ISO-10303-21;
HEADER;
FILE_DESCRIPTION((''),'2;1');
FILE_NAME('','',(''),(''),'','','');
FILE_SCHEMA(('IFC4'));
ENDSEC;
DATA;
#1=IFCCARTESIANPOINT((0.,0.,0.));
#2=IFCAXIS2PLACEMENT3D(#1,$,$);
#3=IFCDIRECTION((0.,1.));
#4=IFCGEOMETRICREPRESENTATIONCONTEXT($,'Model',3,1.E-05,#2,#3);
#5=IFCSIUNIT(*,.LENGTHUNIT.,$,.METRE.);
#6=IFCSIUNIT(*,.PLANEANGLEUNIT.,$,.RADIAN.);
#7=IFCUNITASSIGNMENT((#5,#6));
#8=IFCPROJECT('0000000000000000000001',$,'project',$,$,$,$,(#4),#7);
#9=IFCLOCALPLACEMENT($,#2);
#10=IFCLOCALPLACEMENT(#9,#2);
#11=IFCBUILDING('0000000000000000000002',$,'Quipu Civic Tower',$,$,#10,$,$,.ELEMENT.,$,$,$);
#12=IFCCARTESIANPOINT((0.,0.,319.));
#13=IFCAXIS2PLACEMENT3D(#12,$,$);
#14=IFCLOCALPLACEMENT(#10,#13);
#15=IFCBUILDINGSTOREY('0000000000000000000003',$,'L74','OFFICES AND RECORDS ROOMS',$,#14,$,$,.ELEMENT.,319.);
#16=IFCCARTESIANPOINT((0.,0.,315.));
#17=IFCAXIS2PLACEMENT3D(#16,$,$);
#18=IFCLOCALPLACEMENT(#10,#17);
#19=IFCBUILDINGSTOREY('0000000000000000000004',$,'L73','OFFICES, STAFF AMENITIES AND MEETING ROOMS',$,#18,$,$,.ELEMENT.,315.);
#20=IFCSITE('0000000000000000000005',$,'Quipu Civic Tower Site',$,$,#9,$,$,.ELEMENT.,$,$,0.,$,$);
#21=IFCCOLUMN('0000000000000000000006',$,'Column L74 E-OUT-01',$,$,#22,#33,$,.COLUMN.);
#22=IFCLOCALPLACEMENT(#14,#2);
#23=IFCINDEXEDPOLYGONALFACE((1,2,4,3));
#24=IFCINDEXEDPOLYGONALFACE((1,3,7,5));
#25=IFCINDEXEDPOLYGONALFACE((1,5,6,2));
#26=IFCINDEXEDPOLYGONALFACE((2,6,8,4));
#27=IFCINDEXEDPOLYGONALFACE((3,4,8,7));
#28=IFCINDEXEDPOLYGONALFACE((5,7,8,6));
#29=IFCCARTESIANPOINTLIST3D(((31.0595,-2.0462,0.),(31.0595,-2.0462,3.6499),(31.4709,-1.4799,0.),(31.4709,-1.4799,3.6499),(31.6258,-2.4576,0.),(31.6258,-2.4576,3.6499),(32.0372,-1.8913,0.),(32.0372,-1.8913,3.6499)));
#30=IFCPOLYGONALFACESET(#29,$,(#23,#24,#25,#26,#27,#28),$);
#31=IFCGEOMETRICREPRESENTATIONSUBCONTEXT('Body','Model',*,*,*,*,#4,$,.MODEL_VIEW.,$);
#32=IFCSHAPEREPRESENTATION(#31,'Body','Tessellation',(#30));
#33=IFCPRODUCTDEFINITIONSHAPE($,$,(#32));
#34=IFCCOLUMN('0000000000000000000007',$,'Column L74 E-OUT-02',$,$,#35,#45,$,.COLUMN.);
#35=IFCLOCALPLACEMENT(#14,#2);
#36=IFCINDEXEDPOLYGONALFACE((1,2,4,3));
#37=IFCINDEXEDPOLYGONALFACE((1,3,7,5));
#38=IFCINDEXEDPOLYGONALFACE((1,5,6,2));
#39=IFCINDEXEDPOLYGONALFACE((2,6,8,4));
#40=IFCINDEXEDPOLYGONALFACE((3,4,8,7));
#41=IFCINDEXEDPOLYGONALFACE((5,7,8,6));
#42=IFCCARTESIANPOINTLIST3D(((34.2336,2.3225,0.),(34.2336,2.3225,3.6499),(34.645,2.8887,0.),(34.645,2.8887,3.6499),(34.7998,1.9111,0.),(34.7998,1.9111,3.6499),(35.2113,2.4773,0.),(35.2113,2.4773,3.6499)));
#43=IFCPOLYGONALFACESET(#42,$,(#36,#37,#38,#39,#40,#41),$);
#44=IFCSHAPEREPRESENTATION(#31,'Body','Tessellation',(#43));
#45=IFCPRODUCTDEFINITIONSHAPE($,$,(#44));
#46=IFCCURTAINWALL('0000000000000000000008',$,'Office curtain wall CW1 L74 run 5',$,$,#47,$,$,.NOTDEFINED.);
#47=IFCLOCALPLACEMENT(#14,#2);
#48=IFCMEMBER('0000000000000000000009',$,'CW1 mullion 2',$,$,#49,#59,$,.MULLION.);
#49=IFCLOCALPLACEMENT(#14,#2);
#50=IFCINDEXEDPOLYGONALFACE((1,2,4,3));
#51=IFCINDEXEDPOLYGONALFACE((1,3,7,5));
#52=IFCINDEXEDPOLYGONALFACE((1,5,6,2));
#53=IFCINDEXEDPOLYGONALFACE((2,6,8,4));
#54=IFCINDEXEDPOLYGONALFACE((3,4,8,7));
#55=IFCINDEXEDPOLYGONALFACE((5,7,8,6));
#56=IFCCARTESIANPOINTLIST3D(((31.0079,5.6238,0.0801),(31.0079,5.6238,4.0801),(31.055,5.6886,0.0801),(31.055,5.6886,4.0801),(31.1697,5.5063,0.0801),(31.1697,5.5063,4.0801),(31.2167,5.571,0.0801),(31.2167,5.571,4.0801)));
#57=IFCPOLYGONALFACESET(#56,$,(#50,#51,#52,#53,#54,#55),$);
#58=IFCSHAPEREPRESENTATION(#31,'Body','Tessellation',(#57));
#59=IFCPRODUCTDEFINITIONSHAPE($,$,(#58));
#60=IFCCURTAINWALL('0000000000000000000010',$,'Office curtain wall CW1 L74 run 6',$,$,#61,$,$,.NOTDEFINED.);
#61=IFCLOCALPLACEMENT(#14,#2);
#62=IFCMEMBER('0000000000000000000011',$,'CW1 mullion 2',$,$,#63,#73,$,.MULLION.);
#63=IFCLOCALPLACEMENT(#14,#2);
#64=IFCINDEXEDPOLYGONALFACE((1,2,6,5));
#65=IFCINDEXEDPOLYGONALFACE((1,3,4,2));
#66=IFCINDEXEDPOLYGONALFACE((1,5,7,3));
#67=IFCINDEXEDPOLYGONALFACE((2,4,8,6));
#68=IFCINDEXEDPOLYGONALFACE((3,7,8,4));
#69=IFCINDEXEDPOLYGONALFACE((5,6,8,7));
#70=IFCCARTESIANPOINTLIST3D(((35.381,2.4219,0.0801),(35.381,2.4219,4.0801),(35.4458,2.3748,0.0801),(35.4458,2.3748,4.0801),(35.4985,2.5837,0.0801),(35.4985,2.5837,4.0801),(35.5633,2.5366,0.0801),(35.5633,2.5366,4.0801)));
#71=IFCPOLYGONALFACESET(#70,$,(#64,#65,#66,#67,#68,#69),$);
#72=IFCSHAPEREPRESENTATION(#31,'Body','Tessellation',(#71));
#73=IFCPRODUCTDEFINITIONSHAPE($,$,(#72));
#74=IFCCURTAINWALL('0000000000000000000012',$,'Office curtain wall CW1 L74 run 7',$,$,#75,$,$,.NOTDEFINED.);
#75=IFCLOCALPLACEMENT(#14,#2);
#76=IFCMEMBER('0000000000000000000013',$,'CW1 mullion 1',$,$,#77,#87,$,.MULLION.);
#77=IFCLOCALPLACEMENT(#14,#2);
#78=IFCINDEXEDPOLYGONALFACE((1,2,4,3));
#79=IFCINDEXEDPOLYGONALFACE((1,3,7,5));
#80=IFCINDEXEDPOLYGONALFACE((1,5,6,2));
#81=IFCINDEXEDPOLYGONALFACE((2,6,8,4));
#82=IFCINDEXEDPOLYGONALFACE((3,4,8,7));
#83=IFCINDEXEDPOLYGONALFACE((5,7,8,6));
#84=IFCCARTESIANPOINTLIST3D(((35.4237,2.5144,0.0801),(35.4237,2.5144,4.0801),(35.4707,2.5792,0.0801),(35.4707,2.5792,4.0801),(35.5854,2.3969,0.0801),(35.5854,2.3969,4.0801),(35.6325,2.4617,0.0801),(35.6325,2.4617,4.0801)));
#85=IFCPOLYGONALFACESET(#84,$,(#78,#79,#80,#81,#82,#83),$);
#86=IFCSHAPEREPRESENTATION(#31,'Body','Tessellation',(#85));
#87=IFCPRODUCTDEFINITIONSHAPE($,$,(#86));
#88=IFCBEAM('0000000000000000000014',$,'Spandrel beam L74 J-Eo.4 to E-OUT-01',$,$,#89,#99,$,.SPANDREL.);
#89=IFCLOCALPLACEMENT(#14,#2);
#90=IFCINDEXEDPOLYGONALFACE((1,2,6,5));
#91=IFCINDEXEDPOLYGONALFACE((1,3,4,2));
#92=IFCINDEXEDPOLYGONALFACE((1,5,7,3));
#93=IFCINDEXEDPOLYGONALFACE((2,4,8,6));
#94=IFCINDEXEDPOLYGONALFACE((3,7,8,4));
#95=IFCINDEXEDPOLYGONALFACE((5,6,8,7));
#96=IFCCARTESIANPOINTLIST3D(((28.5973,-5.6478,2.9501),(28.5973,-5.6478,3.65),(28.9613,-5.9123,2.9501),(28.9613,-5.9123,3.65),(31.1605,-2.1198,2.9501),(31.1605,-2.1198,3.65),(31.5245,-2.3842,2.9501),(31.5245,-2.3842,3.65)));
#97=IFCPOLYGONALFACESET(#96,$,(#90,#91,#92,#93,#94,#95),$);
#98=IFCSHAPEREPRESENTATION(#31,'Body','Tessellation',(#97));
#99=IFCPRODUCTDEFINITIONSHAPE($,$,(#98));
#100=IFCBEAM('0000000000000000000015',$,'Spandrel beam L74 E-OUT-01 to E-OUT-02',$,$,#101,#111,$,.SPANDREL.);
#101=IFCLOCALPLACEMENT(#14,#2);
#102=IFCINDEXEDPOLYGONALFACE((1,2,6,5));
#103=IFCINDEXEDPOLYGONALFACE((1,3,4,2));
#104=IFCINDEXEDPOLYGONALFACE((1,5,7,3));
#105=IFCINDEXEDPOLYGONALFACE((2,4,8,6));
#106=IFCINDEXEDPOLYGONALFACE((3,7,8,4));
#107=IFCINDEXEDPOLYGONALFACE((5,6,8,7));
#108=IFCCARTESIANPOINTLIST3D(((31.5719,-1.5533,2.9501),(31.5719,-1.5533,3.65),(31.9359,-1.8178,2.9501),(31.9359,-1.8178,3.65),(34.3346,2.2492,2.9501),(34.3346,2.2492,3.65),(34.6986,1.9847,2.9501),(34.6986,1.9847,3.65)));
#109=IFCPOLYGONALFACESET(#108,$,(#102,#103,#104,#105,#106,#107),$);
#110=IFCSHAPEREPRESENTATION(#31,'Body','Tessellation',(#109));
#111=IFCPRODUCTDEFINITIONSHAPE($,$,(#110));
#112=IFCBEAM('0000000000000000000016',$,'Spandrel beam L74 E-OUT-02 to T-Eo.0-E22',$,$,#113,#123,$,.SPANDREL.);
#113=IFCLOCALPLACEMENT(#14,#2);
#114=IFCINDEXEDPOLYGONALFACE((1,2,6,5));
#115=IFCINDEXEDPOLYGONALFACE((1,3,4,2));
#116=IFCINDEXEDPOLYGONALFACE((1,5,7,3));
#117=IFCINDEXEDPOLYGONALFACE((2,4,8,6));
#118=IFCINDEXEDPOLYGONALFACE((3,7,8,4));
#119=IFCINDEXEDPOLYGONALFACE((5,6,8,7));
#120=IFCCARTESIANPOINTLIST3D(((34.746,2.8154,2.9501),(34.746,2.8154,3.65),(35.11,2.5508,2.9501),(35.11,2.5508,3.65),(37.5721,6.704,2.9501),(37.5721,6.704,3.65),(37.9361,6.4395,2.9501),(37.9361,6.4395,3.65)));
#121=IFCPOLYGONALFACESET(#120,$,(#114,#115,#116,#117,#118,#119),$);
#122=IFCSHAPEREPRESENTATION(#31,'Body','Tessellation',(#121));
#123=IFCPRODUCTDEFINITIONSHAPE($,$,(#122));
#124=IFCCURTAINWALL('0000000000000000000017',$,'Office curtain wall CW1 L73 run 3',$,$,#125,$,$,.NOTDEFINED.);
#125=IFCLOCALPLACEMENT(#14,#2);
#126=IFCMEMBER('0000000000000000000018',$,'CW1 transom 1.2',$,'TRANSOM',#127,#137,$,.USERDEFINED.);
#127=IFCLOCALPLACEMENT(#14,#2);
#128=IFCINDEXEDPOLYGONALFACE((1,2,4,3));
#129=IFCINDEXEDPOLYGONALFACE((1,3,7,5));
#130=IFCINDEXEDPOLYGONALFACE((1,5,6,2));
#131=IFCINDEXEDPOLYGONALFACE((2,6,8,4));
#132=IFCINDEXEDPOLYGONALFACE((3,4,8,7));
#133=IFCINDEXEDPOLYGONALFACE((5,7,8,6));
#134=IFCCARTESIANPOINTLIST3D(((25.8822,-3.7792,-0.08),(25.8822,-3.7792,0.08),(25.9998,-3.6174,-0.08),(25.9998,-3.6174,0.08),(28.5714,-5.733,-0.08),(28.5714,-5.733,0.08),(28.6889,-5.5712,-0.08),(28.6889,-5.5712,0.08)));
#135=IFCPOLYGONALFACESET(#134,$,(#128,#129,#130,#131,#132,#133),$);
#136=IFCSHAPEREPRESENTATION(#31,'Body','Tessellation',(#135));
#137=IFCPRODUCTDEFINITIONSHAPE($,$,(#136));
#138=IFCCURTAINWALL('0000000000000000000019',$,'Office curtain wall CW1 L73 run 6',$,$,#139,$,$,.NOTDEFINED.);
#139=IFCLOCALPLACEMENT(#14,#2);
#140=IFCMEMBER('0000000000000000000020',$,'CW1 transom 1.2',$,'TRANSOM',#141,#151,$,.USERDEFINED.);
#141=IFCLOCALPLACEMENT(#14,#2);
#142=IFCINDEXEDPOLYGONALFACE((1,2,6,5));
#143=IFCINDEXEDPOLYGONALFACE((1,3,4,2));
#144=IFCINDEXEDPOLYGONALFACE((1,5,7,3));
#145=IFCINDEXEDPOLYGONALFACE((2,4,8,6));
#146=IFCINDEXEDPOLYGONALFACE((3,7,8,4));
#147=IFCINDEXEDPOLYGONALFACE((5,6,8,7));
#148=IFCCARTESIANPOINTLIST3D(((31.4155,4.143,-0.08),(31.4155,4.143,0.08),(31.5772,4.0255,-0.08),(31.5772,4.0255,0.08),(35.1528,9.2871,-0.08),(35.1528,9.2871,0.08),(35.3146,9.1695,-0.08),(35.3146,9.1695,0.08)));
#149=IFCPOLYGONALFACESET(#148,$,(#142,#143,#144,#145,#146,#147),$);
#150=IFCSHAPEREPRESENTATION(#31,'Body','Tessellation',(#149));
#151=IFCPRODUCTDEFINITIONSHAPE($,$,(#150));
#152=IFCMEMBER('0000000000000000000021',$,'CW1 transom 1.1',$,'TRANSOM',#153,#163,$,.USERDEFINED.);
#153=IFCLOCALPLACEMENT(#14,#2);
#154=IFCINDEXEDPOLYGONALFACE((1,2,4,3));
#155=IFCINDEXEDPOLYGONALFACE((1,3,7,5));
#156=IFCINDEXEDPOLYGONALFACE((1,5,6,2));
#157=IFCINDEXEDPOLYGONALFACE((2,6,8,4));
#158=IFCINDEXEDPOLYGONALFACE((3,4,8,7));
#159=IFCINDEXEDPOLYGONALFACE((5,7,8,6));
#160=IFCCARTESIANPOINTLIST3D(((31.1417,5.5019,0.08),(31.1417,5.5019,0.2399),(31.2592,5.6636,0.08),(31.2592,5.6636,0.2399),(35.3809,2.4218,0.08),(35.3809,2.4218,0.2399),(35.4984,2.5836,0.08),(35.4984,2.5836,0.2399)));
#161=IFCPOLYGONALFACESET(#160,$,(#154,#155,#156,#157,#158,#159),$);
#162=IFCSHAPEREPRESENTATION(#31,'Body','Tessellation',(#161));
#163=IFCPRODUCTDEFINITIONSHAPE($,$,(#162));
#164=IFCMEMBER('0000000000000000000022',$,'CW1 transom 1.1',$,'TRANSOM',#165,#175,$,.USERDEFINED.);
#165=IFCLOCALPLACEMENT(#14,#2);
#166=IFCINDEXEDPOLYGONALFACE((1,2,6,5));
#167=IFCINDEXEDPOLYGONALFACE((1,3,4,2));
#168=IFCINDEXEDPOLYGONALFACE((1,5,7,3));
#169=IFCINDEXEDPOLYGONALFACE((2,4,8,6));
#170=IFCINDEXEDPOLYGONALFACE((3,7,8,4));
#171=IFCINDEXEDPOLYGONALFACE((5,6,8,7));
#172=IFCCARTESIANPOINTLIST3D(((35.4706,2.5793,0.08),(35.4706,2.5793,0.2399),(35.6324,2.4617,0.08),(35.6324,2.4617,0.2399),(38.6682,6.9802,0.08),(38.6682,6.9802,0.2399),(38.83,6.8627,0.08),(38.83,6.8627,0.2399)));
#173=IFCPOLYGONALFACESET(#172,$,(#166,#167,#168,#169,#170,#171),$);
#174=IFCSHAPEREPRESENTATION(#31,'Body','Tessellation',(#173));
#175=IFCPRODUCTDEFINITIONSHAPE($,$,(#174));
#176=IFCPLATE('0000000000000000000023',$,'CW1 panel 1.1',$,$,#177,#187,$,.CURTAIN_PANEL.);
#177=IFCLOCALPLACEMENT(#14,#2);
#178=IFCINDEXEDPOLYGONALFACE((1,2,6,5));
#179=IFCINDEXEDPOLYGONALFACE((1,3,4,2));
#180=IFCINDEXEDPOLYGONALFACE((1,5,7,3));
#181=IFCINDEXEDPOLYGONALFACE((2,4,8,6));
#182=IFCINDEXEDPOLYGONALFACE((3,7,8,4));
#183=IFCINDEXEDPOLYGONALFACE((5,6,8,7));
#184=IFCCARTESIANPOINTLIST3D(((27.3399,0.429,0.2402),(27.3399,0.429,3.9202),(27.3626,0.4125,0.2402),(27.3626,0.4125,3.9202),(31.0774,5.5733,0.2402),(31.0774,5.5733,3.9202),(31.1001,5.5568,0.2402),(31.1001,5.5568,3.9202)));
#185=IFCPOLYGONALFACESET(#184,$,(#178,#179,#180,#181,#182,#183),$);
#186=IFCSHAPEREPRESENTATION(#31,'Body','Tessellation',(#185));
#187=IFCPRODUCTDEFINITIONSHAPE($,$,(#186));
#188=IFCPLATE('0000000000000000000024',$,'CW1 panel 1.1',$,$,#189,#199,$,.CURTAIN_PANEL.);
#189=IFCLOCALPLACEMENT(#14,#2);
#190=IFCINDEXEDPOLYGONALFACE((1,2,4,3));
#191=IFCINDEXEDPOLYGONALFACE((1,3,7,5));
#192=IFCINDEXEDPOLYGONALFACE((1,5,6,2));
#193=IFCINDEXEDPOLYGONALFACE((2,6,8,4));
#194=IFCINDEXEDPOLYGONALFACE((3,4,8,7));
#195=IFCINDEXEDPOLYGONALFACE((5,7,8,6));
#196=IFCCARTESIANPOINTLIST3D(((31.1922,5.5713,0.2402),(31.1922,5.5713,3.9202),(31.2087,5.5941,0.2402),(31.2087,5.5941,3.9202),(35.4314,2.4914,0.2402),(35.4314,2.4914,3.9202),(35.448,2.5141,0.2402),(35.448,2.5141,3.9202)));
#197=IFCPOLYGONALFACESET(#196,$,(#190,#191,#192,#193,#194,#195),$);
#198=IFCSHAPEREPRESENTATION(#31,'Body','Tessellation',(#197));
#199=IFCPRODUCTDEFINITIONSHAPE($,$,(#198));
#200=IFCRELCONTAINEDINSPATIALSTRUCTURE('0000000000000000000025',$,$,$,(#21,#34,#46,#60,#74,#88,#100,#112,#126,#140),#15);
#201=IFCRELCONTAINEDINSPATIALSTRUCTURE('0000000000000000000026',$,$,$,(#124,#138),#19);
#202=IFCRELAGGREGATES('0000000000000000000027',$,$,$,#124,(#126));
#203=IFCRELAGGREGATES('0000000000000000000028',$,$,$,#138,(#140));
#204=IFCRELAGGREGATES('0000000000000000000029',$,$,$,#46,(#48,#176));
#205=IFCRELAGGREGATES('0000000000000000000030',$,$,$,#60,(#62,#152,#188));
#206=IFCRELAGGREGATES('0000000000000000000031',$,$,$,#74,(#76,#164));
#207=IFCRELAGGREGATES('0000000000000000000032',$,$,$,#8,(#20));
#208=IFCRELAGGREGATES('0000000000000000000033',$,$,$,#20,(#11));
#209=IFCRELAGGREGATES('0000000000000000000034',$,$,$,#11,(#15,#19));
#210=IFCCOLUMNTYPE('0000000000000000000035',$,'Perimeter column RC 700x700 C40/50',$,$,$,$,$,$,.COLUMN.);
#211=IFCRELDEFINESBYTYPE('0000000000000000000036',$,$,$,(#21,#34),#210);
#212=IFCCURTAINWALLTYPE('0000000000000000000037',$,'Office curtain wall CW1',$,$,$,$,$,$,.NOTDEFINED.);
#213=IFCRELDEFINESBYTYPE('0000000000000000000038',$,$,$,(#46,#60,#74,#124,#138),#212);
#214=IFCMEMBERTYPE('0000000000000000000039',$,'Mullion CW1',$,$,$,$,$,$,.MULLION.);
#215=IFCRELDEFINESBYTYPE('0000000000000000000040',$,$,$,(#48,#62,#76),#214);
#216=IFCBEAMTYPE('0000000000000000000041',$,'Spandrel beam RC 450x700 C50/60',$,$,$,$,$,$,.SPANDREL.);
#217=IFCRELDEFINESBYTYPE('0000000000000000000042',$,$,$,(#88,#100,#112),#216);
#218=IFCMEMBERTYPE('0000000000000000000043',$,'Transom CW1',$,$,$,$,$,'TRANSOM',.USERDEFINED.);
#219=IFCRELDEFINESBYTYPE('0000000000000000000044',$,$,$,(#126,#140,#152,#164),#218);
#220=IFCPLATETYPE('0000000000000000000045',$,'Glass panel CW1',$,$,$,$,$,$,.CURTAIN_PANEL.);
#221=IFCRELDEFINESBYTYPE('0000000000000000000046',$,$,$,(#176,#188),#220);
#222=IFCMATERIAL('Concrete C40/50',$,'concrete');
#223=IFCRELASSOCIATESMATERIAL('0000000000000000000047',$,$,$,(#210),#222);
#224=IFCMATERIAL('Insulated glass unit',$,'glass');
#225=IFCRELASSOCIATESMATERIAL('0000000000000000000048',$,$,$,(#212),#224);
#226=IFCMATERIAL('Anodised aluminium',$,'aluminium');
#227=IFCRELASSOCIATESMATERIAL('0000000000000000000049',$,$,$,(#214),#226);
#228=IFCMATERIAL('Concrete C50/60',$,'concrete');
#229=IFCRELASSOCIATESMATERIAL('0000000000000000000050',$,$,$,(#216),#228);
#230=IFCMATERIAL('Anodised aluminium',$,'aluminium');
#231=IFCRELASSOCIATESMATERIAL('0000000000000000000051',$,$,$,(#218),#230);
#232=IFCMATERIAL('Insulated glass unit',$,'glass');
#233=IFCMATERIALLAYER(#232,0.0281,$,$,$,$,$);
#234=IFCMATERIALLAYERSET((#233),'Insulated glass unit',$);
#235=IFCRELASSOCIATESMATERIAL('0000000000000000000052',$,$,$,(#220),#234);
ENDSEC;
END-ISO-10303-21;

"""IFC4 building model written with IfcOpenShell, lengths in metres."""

from ifc_helpers import new_model, si_unit, direction, frame, origin, origin_2d, place, context, subcontext, project, spatial, rectangle, extrude, material, layer, layer_set, material_profile, profile_set, type_object, element, aggregate, save


model = new_model("IFC4")

# Units and contexts
model_context = context("Model", 3, precision=1e-05, world=origin(), true_north=direction((0.0, 1.0)))
body_context = subcontext(model_context, "Body", "Model", "MODEL_VIEW")
ifc_project = project(units=[si_unit("LENGTHUNIT", "METRE"), si_unit("PLANEANGLEUNIT", "RADIAN")], contexts=[model_context])

# Site, building, storey
site_placement = place(None, origin())
site = spatial("IfcSite", under=ifc_project, at=site_placement, Name="Quipu Civic Tower Site", CompositionType="ELEMENT", RefElevation=0.0)
building_placement = place(site_placement, origin())
building = spatial("IfcBuilding", under=site, at=building_placement, Name="Quipu Civic Tower", CompositionType="ELEMENT")
storey_1_placement = place(building_placement, frame((0.0, 0.0, 319.0)))
storey_1 = spatial("IfcBuildingStorey", under=building, at=storey_1_placement, Name="L74", Description="OFFICES AND RECORDS ROOMS", CompositionType="ELEMENT", Elevation=319.0)

# Columns
ifc_material_1 = material(Name="Concrete C40/50", Category="concrete")
ifc_material_profile_1 = material_profile(ifc_material_1, rectangle(XDim=0.7, YDim=0.7, at=origin_2d()), Name="RC700x700")
ifc_profile_set_1 = profile_set([ifc_material_profile_1], Name="Concrete C40/50")
column_type = type_object("IfcColumnType", Name="Perimeter column RC 700x700 C40/50", PredefinedType="COLUMN", material=ifc_profile_set_1)
for number, where, z_axis, x_axis, name in (
    (1, (31.5483, -1.9688, 0.0), (0.0, 0.0, 1.0), (0.587785, 0.809017, 0.0), "Column L74 E-OUT-01"),
    (2, (34.7224, 2.3999, 0.0), (0.0, 0.0, 1.0), (0.587785, 0.809017, 0.0), "Column L74 E-OUT-02"),
):
    element("IfcColumn", number, at=place(storey_1_placement, frame(where, z_axis=z_axis, x_axis=x_axis)), inside=storey_1, type_object=column_type, Name=name, PredefinedType="COLUMN", context=body_context, shape_type="SweptSolid", body=[
        extrude(rectangle(XDim=0.7, YDim=0.7, at=origin_2d()), origin(), (0.0, 0.0, 1.0), 3.6499),
    ])

# Curtain walls, members
ifc_material_2 = material(Name="Insulated glass unit", Category="glass")
curtain_wall_type = type_object("IfcCurtainWallType", Name="Office curtain wall CW1", PredefinedType="NOTDEFINED", material=ifc_material_2)
curtain_wall_1_placement = place(storey_1_placement, origin())
curtain_wall_1 = element("IfcCurtainWall", 3, at=curtain_wall_1_placement, inside=storey_1, type_object=curtain_wall_type, Name="Office curtain wall CW1 L74 run 5", PredefinedType="NOTDEFINED")
ifc_material_3 = material(Name="Anodised aluminium", Category="aluminium")
ifc_material_profile_2 = material_profile(ifc_material_3, rectangle(XDim=0.2, YDim=0.0801, at=origin_2d()), Name="RECT 200x80")
ifc_profile_set_2 = profile_set([ifc_material_profile_2], Name="Anodised aluminium")
member_type_1 = type_object("IfcMemberType", Name="Mullion CW1", PredefinedType="MULLION", material=ifc_profile_set_2)
member_1_placement = place(storey_1_placement, frame((31.1123, 5.5974, 0.0801), z_axis=(0.0, 0.0, 1.0), x_axis=(-0.809022, 0.587778, 0.0)))
member_1 = element("IfcMember", 4, at=member_1_placement, type_object=member_type_1, Name="CW1 mullion 2", PredefinedType="MULLION", context=body_context, shape_type="SweptSolid", body=[
    extrude(rectangle(XDim=0.2, YDim=0.0801, at=origin_2d()), origin(), (0.0, 0.0, 1.0), 4.0),
])
curtain_wall_2_placement = place(storey_1_placement, origin())
curtain_wall_2 = element("IfcCurtainWall", 5, at=curtain_wall_2_placement, inside=storey_1, type_object=curtain_wall_type, Name="Office curtain wall CW1 L74 run 6", PredefinedType="NOTDEFINED")
member_2_placement = place(storey_1_placement, frame((35.4722, 2.4792, 0.0801), z_axis=(0.0, 0.0, 1.0), x_axis=(0.58778, 0.809021, 0.0)))
member_2 = element("IfcMember", 6, at=member_2_placement, type_object=member_type_1, Name="CW1 mullion 2", PredefinedType="MULLION", context=body_context, shape_type="SweptSolid", body=[
    extrude(rectangle(XDim=0.2, YDim=0.0801, at=origin_2d()), origin(), (0.0, 0.0, 1.0), 4.0),
])
curtain_wall_3_placement = place(storey_1_placement, origin())
curtain_wall_3 = element("IfcCurtainWall", 7, at=curtain_wall_3_placement, inside=storey_1, type_object=curtain_wall_type, Name="Office curtain wall CW1 L74 run 7", PredefinedType="NOTDEFINED")
member_3_placement = place(storey_1_placement, frame((35.5281, 2.488, 0.0801), z_axis=(0.0, 0.0, 1.0), x_axis=(-0.809011, 0.587794, 0.0)))
member_3 = element("IfcMember", 8, at=member_3_placement, type_object=member_type_1, Name="CW1 mullion 1", PredefinedType="MULLION", context=body_context, shape_type="SweptSolid", body=[
    extrude(rectangle(XDim=0.2, YDim=0.0801, at=origin_2d()), origin(), (0.0, 0.0, 1.0), 4.0),
])

# Beams
ifc_material_4 = material(Name="Concrete C50/60", Category="concrete")
ifc_material_profile_3 = material_profile(ifc_material_4, rectangle(XDim=0.45, YDim=0.7, at=origin_2d()), Name="RC450x700")
ifc_profile_set_3 = profile_set([ifc_material_profile_3], Name="Concrete C50/60")
beam_type = type_object("IfcBeamType", Name="Spandrel beam RC 450x700 C50/60", PredefinedType="SPANDREL", material=ifc_profile_set_3)
beam_1_placement = place(storey_1_placement, frame((28.7793, -5.78, 3.3), z_axis=(0.587776, 0.809024, 0.0), x_axis=(-0.809024, 0.587776, 0.0)))
element("IfcBeam", 9, at=beam_1_placement, inside=storey_1, type_object=beam_type, Name="Spandrel beam L74 J-Eo.4 to E-OUT-01", PredefinedType="SPANDREL", context=body_context, shape_type="SweptSolid", body=[
    extrude(rectangle(XDim=0.45, YDim=0.7, at=origin_2d()), origin(), (0.0, 0.0, 1.0), 4.3608),
])
beam_2_placement = place(storey_1_placement, frame((31.7539, -1.6855, 3.3), z_axis=(0.587789, 0.809015, 0.0), x_axis=(-0.809015, 0.587789, 0.0)))
element("IfcBeam", 10, at=beam_2_placement, inside=storey_1, type_object=beam_type, Name="Spandrel beam L74 E-OUT-01 to E-OUT-02", PredefinedType="SPANDREL", context=body_context, shape_type="SweptSolid", body=[
    extrude(rectangle(XDim=0.45, YDim=0.7, at=origin_2d()), origin(), (0.0, 0.0, 1.0), 4.7002),
])
beam_3_placement = place(storey_1_placement, frame((34.928, 2.6831, 3.3), z_axis=(0.587906, 0.808929, 0.0), x_axis=(-0.808929, 0.587906, 0.0)))
element("IfcBeam", 11, at=beam_3_placement, inside=storey_1, type_object=beam_type, Name="Spandrel beam L74 E-OUT-02 to T-Eo.0-E22", PredefinedType="SPANDREL", context=body_context, shape_type="SweptSolid", body=[
    extrude(rectangle(XDim=0.45, YDim=0.7, at=origin_2d()), origin(), (0.0, 0.0, 1.0), 4.8071),
])

# Shared definitions
storey_2_placement = place(building_placement, frame((0.0, 0.0, 315.0)))
storey_2 = spatial("IfcBuildingStorey", under=building, at=storey_2_placement, Name="L73", Description="OFFICES, STAFF AMENITIES AND MEETING ROOMS", CompositionType="ELEMENT", Elevation=315.0)

# Curtain walls, members
curtain_wall_4_placement = place(storey_2_placement, origin())
curtain_wall_4 = element("IfcCurtainWall", 12, at=curtain_wall_4_placement, inside=storey_2, type_object=curtain_wall_type, Name="Office curtain wall CW1 L73 run 3", PredefinedType="NOTDEFINED")
ifc_material_5 = material(Name="Anodised aluminium", Category="aluminium")
ifc_material_profile_4 = material_profile(ifc_material_5, rectangle(XDim=0.2, YDim=0.1599, at=origin_2d()), Name="RECT 200x160")
ifc_profile_set_4 = profile_set([ifc_material_profile_4], Name="Anodised aluminium")
member_type_2 = type_object("IfcMemberType", Name="Transom CW1", ElementType="TRANSOM", PredefinedType="USERDEFINED", material=ifc_profile_set_4)
member_4_placement = place(storey_1_placement, frame((28.6301, -5.6521, 0.0), z_axis=(-0.809012, 0.587792, 0.0), x_axis=(-0.587792, -0.809012, 0.0)))
member_4 = element("IfcMember", 13, at=member_4_placement, inside=storey_1, type_object=member_type_2, Name="CW1 transom 1.2", ObjectType="TRANSOM", PredefinedType="USERDEFINED", context=body_context, shape_type="SweptSolid", body=[
    extrude(rectangle(XDim=0.2, YDim=0.1599, at=origin_2d()), origin(), (0.0, 0.0, 1.0), 3.324),
])
aggregate(curtain_wall_4, [member_4])
curtain_wall_5_placement = place(storey_2_placement, origin())
curtain_wall_5 = element("IfcCurtainWall", 14, at=curtain_wall_5_placement, inside=storey_2, type_object=curtain_wall_type, Name="Office curtain wall CW1 L73 run 6", PredefinedType="NOTDEFINED")
member_5_placement = place(storey_1_placement, frame((31.4963, 4.0842, 0.0), z_axis=(0.587779, 0.809022, 0.0), x_axis=(-0.809022, 0.587779, 0.0)))
member_5 = element("IfcMember", 15, at=member_5_placement, inside=storey_1, type_object=member_type_2, Name="CW1 transom 1.2", ObjectType="TRANSOM", PredefinedType="USERDEFINED", context=body_context, shape_type="SweptSolid", body=[
    extrude(rectangle(XDim=0.2, YDim=0.1599, at=origin_2d()), origin(), (0.0, 0.0, 1.0), 6.3584),
])
aggregate(curtain_wall_5, [member_5])

# Members
member_6_placement = place(storey_1_placement, frame((31.2004, 5.5828, 0.1599), z_axis=(0.80901, -0.587795, 0.0), x_axis=(0.587795, 0.80901, 0.0)))
member_6 = element("IfcMember", 16, at=member_6_placement, type_object=member_type_2, Name="CW1 transom 1.1", ObjectType="TRANSOM", PredefinedType="USERDEFINED", context=body_context, shape_type="SweptSolid", body=[
    extrude(rectangle(XDim=0.2, YDim=0.1599, at=origin_2d()), origin(), (0.0, 0.0, 1.0), 5.24),
])
member_7_placement = place(storey_1_placement, frame((35.5515, 2.5205, 0.1599), z_axis=(0.587795, 0.80901, 0.0), x_axis=(-0.80901, 0.587795, 0.0)))
member_7 = element("IfcMember", 17, at=member_7_placement, type_object=member_type_2, Name="CW1 transom 1.1", ObjectType="TRANSOM", PredefinedType="USERDEFINED", context=body_context, shape_type="SweptSolid", body=[
    extrude(rectangle(XDim=0.2, YDim=0.1599, at=origin_2d()), origin(), (0.0, 0.0, 1.0), 5.4399),
])

# Plates
ifc_material_6 = material(Name="Insulated glass unit", Category="glass")
ifc_layer = layer(ifc_material_6, 0.0281)
ifc_layer_set = layer_set([ifc_layer], Name="Insulated glass unit")
plate_type_1 = type_object("IfcPlateType", Name="Glass panel CW1", PredefinedType="CURTAIN_PANEL", material=ifc_layer_set)
plate_1_placement = place(storey_1_placement, frame((29.22, 2.9929, 0.2402), z_axis=(0.0, 0.0, 1.0), x_axis=(0.587778, 0.809022, 0.0)))
plate_1 = element("IfcPlate", 18, at=plate_1_placement, type_object=plate_type_1, Name="CW1 panel 1.1", PredefinedType="CURTAIN_PANEL", context=body_context, shape_type="SweptSolid", body=[
    extrude(rectangle(XDim=6.3586, YDim=0.0281, at=origin_2d()), origin(), (0.0, 0.0, 1.0), 3.6799),
])
aggregate(curtain_wall_1, [member_1, plate_1])
plate_2_placement = place(storey_1_placement, frame((33.3201, 4.0427, 0.2402), z_axis=(0.0, 0.0, 1.0), x_axis=(0.809021, -0.58778, 0.0)))
plate_2 = element("IfcPlate", 19, at=plate_2_placement, type_object=plate_type_1, Name="CW1 panel 1.1", PredefinedType="CURTAIN_PANEL", context=body_context, shape_type="SweptSolid", body=[
    extrude(rectangle(XDim=5.24, YDim=0.0281, at=origin_2d()), origin(), (0.0, 0.0, 1.0), 3.6799),
])
aggregate(curtain_wall_2, [member_2, member_6, plate_2])
aggregate(curtain_wall_3, [member_3, member_7])

save(model, "model.ifc")
